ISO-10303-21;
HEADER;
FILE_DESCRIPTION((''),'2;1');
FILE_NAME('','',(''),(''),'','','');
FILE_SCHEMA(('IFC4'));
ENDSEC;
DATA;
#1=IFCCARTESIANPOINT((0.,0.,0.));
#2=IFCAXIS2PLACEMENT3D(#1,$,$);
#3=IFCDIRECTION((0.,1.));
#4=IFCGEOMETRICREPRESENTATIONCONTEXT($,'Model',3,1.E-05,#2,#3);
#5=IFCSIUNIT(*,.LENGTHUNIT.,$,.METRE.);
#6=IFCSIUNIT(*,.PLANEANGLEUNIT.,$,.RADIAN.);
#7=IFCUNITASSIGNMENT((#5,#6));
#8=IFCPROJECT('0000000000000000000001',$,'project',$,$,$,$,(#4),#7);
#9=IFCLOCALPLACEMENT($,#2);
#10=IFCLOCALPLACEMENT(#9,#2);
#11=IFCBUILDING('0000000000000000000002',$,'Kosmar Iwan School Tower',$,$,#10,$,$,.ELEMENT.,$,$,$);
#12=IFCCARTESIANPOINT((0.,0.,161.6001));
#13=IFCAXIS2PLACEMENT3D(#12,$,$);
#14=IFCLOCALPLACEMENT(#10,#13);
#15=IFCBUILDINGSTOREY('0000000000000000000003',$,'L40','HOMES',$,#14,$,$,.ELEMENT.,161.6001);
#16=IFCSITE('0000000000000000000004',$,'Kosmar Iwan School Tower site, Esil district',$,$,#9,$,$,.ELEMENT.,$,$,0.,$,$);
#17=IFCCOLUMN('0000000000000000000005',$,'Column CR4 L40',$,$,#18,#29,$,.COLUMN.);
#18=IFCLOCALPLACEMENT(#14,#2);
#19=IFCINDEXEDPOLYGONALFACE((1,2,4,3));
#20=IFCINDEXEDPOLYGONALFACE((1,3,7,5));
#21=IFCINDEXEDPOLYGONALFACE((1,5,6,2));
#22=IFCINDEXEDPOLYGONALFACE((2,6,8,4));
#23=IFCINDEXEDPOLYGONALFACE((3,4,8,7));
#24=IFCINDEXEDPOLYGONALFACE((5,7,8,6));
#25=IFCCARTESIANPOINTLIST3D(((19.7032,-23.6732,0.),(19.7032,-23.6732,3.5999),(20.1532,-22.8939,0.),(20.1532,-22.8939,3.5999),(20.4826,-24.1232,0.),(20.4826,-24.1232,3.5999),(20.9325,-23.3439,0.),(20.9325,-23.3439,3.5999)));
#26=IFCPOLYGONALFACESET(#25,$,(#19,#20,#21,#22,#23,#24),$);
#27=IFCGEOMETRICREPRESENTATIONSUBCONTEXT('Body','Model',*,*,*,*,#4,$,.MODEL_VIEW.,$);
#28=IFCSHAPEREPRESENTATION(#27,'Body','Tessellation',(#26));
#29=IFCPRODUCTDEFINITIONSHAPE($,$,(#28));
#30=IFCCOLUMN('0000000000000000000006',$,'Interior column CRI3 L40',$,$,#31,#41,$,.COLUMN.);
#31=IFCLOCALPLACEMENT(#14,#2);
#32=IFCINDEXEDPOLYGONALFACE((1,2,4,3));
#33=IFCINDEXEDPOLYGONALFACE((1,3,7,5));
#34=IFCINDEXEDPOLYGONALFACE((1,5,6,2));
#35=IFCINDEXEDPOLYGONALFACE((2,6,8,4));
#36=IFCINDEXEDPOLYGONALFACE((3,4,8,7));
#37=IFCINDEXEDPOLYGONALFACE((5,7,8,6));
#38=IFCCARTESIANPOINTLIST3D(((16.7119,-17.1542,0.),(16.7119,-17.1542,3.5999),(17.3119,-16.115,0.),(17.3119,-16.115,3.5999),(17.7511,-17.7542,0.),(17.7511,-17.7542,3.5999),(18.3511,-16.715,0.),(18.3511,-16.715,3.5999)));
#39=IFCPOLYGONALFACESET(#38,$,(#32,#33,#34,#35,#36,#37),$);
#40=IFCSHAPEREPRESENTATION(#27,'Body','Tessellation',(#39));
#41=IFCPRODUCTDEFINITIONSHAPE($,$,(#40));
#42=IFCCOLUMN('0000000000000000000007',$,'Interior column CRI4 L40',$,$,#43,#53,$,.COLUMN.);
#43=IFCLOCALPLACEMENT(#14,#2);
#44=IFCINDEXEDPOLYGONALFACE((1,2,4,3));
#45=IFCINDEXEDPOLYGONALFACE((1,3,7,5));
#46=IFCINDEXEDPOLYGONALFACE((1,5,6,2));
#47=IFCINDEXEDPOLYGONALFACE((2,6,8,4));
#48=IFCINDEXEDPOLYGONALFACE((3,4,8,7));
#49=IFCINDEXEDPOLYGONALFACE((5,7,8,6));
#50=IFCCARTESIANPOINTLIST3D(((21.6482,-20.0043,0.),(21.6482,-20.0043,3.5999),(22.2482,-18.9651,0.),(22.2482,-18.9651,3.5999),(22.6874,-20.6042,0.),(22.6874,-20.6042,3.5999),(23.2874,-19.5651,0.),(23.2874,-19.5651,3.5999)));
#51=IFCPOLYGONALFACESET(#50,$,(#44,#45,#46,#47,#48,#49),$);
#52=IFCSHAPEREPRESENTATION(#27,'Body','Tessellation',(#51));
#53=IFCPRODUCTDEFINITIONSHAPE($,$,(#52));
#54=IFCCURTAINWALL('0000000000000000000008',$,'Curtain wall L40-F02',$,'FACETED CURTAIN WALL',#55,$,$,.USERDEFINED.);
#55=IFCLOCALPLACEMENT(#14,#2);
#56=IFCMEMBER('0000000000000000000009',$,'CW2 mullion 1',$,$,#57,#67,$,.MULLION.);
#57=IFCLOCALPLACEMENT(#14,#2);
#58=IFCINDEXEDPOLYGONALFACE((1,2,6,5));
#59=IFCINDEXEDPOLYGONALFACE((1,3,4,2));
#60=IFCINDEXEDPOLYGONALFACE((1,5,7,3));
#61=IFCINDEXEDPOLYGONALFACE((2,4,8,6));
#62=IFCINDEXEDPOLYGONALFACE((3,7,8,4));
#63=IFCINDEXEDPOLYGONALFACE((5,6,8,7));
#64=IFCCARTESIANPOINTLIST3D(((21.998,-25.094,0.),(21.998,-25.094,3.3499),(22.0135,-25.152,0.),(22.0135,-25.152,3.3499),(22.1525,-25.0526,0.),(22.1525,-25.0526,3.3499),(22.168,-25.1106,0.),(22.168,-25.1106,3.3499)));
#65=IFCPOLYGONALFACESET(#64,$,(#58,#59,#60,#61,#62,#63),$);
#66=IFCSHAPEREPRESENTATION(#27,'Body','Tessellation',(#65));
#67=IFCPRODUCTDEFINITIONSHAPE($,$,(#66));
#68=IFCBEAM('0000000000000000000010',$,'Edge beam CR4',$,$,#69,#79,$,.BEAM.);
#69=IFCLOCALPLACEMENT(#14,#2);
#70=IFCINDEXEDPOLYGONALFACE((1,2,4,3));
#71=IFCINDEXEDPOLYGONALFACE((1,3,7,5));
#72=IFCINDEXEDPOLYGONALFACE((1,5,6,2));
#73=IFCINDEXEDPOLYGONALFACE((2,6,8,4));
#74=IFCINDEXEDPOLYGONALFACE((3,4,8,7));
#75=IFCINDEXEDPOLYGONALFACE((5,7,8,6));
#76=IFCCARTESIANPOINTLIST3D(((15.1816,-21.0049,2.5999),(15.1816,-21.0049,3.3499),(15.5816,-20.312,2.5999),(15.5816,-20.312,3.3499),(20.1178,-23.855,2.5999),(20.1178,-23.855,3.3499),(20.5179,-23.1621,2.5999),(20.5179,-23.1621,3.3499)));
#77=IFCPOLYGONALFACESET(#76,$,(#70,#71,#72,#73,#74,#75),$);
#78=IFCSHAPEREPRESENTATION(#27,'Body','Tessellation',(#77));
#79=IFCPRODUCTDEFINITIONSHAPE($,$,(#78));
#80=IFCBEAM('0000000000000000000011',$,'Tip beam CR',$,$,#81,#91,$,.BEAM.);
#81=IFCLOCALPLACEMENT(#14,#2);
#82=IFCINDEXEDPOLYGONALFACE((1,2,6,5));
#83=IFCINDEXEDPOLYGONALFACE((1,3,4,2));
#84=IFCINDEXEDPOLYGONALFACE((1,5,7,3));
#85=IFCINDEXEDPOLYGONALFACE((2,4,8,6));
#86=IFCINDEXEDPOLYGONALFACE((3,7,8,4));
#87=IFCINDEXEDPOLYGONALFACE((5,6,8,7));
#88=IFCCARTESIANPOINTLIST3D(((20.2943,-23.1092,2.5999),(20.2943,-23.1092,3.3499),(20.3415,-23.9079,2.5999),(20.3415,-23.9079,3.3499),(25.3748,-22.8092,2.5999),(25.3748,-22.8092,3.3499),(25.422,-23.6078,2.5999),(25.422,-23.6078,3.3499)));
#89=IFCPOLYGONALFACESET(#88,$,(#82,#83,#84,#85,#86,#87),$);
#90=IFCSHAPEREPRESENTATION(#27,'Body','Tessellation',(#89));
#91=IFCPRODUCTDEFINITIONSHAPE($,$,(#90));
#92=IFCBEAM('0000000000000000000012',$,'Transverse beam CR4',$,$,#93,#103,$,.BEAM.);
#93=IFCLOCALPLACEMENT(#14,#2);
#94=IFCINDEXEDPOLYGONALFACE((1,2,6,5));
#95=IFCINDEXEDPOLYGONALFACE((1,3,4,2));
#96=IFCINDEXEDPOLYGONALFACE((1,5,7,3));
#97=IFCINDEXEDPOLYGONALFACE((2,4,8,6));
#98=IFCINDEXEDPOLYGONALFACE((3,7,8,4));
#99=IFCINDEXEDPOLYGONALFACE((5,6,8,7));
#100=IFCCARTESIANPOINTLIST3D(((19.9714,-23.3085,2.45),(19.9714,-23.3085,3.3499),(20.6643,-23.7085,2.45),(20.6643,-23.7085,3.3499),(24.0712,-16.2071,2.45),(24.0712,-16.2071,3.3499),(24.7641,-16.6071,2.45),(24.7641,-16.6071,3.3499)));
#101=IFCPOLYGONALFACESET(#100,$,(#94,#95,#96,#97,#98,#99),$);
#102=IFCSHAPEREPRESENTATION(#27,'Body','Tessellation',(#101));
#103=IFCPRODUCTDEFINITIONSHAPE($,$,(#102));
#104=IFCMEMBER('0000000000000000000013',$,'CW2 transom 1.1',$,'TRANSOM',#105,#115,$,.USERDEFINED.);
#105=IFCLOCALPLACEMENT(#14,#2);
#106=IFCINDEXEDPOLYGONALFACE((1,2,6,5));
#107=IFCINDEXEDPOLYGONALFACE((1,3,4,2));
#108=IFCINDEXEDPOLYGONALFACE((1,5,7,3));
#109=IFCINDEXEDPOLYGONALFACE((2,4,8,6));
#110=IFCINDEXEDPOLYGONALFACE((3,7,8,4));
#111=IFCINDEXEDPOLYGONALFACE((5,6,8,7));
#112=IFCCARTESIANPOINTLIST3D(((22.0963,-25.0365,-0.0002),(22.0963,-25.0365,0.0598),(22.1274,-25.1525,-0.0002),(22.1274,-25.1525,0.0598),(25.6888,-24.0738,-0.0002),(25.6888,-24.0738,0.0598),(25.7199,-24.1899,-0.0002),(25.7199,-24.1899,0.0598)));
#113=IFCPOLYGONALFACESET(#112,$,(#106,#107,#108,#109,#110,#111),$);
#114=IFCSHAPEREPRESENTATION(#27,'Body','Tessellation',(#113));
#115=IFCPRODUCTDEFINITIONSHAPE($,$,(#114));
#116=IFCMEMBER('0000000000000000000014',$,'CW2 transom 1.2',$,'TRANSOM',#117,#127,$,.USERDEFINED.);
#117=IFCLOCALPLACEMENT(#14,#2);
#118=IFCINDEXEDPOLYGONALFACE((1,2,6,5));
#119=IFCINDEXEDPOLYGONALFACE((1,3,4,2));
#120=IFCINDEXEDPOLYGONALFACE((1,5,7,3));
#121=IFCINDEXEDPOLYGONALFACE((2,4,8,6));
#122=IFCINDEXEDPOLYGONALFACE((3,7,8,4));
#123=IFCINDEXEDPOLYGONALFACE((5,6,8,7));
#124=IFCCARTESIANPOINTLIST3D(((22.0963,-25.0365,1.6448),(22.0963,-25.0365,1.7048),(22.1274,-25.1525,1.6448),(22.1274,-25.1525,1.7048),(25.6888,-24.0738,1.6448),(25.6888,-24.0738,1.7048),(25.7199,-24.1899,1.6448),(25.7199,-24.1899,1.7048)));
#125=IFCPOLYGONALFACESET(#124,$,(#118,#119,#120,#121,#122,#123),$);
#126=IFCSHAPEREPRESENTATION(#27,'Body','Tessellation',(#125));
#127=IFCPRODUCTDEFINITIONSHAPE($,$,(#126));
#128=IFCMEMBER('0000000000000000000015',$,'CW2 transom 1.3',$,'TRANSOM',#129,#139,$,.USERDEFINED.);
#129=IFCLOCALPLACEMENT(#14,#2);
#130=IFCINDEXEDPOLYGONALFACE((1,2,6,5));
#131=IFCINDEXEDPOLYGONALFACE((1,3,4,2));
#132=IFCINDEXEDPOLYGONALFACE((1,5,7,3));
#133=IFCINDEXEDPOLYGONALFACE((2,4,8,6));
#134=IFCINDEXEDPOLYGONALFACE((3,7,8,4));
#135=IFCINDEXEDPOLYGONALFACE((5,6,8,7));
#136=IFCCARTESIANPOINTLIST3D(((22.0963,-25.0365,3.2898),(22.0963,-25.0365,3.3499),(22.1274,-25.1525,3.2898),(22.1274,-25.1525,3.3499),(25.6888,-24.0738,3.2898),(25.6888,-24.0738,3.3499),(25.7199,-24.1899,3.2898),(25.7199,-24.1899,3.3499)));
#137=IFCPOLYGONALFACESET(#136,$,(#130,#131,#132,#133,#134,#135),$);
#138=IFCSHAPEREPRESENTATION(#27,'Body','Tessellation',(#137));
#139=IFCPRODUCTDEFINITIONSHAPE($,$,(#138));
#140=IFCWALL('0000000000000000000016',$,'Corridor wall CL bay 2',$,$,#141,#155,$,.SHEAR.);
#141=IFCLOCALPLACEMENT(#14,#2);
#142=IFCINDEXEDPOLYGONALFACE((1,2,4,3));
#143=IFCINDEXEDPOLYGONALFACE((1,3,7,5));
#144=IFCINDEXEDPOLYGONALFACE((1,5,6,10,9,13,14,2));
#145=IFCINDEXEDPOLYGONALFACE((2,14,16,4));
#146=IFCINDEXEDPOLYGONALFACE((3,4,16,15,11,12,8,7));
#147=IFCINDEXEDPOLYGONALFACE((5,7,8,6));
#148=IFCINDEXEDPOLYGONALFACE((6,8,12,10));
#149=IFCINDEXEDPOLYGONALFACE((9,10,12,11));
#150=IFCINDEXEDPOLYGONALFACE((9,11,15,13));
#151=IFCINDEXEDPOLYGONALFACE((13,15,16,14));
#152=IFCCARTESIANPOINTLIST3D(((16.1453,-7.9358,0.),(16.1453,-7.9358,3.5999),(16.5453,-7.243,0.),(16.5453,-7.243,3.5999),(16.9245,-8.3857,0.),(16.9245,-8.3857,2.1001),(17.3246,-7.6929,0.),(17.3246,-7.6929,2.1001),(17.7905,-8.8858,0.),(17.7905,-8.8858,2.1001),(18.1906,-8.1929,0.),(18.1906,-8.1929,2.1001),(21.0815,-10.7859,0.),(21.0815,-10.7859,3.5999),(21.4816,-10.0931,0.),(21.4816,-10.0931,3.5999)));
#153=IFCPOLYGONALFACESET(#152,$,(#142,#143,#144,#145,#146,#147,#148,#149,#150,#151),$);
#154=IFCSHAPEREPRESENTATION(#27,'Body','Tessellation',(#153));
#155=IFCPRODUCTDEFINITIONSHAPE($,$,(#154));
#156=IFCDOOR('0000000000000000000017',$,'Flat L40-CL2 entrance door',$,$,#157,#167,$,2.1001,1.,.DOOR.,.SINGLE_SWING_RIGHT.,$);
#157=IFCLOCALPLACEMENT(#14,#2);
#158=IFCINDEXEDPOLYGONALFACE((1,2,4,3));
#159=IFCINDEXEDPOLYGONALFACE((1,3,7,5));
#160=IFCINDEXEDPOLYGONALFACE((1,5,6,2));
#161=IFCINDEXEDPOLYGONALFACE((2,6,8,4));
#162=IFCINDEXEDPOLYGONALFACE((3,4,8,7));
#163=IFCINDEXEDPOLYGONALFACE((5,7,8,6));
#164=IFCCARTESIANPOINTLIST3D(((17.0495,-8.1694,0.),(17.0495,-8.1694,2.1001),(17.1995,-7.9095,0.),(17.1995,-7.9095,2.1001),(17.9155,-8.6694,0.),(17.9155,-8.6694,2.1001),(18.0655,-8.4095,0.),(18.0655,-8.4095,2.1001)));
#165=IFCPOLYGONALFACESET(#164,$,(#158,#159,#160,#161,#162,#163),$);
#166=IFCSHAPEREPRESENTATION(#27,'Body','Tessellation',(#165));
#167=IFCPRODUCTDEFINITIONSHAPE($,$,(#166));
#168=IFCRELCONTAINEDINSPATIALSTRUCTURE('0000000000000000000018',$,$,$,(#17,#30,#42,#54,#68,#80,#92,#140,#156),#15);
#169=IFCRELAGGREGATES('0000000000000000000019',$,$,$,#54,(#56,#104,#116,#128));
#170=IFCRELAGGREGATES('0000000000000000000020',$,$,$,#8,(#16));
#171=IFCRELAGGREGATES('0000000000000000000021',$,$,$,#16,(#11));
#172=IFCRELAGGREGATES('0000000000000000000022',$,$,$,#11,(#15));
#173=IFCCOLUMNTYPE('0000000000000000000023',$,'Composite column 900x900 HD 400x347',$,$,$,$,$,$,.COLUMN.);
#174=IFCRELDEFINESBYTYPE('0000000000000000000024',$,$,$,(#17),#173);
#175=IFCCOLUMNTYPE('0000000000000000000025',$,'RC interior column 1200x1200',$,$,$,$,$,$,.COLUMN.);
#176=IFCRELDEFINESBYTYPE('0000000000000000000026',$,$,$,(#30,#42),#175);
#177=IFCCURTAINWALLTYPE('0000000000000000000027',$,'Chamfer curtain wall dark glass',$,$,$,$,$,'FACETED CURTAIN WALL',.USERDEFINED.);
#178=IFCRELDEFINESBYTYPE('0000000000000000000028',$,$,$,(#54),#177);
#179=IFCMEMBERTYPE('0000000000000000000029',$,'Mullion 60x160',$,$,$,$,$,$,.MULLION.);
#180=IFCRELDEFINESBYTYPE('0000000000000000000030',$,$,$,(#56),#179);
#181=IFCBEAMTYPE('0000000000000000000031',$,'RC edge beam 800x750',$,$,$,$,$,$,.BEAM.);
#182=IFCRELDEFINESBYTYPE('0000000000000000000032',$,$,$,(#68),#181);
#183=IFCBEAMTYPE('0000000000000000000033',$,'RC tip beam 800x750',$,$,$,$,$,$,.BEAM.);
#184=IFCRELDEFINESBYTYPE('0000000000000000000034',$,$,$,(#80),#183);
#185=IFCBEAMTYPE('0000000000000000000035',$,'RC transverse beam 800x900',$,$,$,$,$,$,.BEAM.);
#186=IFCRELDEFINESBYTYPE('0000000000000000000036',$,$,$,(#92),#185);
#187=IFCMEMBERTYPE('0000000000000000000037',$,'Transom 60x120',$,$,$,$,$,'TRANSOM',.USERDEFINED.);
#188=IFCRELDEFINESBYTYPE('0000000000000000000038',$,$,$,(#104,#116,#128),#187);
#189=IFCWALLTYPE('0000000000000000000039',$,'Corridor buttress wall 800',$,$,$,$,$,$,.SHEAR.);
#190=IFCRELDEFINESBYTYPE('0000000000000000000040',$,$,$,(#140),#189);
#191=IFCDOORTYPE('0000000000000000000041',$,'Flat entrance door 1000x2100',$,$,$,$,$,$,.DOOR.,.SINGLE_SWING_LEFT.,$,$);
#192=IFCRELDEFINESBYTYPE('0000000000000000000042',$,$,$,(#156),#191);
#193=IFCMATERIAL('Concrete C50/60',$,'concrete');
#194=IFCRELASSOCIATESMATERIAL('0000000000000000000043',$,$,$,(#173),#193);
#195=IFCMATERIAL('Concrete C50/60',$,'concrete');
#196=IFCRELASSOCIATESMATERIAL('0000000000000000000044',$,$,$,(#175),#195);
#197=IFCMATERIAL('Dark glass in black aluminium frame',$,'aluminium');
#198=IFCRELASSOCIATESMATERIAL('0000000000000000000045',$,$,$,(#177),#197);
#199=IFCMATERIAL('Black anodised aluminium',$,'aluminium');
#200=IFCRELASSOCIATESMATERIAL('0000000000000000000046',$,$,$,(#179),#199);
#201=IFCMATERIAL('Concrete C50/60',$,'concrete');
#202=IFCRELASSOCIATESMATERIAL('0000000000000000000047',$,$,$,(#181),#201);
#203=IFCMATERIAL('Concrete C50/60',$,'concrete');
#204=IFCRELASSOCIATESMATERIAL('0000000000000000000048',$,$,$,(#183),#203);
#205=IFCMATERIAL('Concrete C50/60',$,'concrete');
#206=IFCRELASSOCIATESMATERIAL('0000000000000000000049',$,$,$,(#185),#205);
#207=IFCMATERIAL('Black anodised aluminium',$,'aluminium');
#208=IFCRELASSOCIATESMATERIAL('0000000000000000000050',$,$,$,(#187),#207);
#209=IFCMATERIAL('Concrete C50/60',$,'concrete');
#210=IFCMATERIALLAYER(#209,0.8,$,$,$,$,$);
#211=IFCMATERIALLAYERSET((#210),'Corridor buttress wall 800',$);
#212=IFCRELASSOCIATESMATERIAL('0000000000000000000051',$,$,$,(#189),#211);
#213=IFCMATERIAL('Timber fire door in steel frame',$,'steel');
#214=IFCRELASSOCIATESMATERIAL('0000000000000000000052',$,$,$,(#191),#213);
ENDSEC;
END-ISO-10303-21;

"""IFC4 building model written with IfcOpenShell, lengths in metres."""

from ifc_helpers import new_model, si_unit, direction, frame, frame_2d, origin, origin_2d, place, context, subcontext, project, spatial, rectangle, extrude, material, layer, layer_set, material_profile, profile_set, type_object, element, fill, aggregate, save


model = new_model("IFC4")

# Units and contexts
model_context = context("Model", 3, precision=1e-05, world=origin(), true_north=direction((0.0, 1.0)))
body_context = subcontext(model_context, "Body", "Model", "MODEL_VIEW")
ifc_project = project(units=[si_unit("LENGTHUNIT", "METRE"), si_unit("PLANEANGLEUNIT", "RADIAN")], contexts=[model_context])

# Site, building, storey
site_placement = place(None, origin())
site = spatial("IfcSite", under=ifc_project, at=site_placement, Name="Kosmar Iwan School Tower site, Esil district", CompositionType="ELEMENT", RefElevation=0.0)
building_placement = place(site_placement, origin())
building = spatial("IfcBuilding", under=site, at=building_placement, Name="Kosmar Iwan School Tower", CompositionType="ELEMENT")
storey_placement = place(building_placement, frame((0.0, 0.0, 161.6001)))
storey = spatial("IfcBuildingStorey", under=building, at=storey_placement, Name="L40", Description="HOMES", CompositionType="ELEMENT", Elevation=161.6001)

# Columns
ifc_material_1 = material(Name="Concrete C50/60", Category="concrete")
ifc_material_profile_1 = material_profile(ifc_material_1, rectangle(XDim=0.8999, YDim=0.8999, at=origin_2d()), Name="RC 900x900 + HD 400x347")
ifc_profile_set_1 = profile_set([ifc_material_profile_1], Name="Concrete C50/60")
column_type_1 = type_object("IfcColumnType", Name="Composite column 900x900 HD 400x347", PredefinedType="COLUMN", material=ifc_profile_set_1)
column_placement = place(storey_placement, frame((20.3179, -23.5085, 0.0), z_axis=(0.0, 0.0, 1.0), x_axis=(0.866025, -0.5, 0.0)))
element("IfcColumn", 1, at=column_placement, inside=storey, type_object=column_type_1, Name="Column CR4 L40", PredefinedType="COLUMN", context=body_context, shape_type="SweptSolid", body=[
    extrude(rectangle(XDim=0.8999, YDim=0.8999, at=origin_2d()), origin(), (0.0, 0.0, 1.0), 3.5999),
])
ifc_material_2 = material(Name="Concrete C50/60", Category="concrete")
ifc_material_profile_2 = material_profile(ifc_material_2, rectangle(XDim=1.2, YDim=1.2, at=origin_2d()), Name="RC 1200x1200")
ifc_profile_set_2 = profile_set([ifc_material_profile_2], Name="Concrete C50/60")
column_type_2 = type_object("IfcColumnType", Name="RC interior column 1200x1200", PredefinedType="COLUMN", material=ifc_profile_set_2)
for number, where, z_axis, x_axis, name in (
    (2, (17.5315, -16.9346, 0.0), (0.0, 0.0, 1.0), (0.866025, -0.5, 0.0), "Interior column CRI3 L40"),
    (3, (22.4678, -19.7847, 0.0), (0.0, 0.0, 1.0), (0.866025, -0.5, 0.0), "Interior column CRI4 L40"),
):
    element("IfcColumn", number, at=place(storey_placement, frame(where, z_axis=z_axis, x_axis=x_axis)), inside=storey, type_object=column_type_2, Name=name, PredefinedType="COLUMN", context=body_context, shape_type="SweptSolid", body=[
        extrude(rectangle(XDim=1.2, YDim=1.2, at=origin_2d()), origin(), (0.0, 0.0, 1.0), 3.5999),
    ])

# Curtain wall, member
ifc_material_3 = material(Name="Dark glass in black aluminium frame", Category="aluminium")
curtain_wall_type = type_object("IfcCurtainWallType", Name="Chamfer curtain wall dark glass", ElementType="FACETED CURTAIN WALL", PredefinedType="USERDEFINED", material=ifc_material_3)
curtain_wall_placement = place(storey_placement, origin())
curtain_wall = element("IfcCurtainWall", 4, at=curtain_wall_placement, inside=storey, type_object=curtain_wall_type, Name="Curtain wall L40-F02", ObjectType="FACETED CURTAIN WALL", PredefinedType="USERDEFINED")
ifc_material_4 = material(Name="Black anodised aluminium", Category="aluminium")
ifc_material_profile_3 = material_profile(ifc_material_4, rectangle(XDim=0.0601, YDim=0.1599, at=origin_2d()), Name="MULLION 60x160")
ifc_profile_set_3 = profile_set([ifc_material_profile_3], Name="Black anodised aluminium")
member_type_1 = type_object("IfcMemberType", Name="Mullion 60x160", PredefinedType="MULLION", material=ifc_profile_set_3)
member_1_placement = place(storey_placement, frame((22.083, -25.1023, 0.0), z_axis=(0.0, 0.0, 1.0), x_axis=(-0.258819, 0.965926, 0.0)))
member_1 = element("IfcMember", 5, at=member_1_placement, type_object=member_type_1, Name="CW2 mullion 1", PredefinedType="MULLION", context=body_context, shape_type="SweptSolid", body=[
    extrude(rectangle(XDim=0.0601, YDim=0.1599, at=origin_2d()), origin(), (0.0, 0.0, 1.0), 3.3499),
])

# Beams
ifc_material_5 = material(Name="Concrete C50/60", Category="concrete")
ifc_material_profile_4 = material_profile(ifc_material_5, rectangle(XDim=0.8, YDim=0.75, at=origin_2d()), Name="RC 800x750")
ifc_profile_set_4 = profile_set([ifc_material_profile_4], Name="Concrete C50/60")
beam_type_1 = type_object("IfcBeamType", Name="RC edge beam 800x750", PredefinedType="BEAM", material=ifc_profile_set_4)
beam_1_placement = place(storey_placement, frame((15.3816, -20.6584, 2.9749), z_axis=(0.866015, -0.500018, 0.0), x_axis=(0.500018, 0.866015, 0.0)))
element("IfcBeam", 6, at=beam_1_placement, inside=storey, type_object=beam_type_1, Name="Edge beam CR4", PredefinedType="BEAM", context=body_context, shape_type="SweptSolid", body=[
    extrude(rectangle(XDim=0.8, YDim=0.75, at=origin_2d()), origin(), (0.0, 0.0, 1.0), 5.7),
])
ifc_material_6 = material(Name="Concrete C50/60", Category="concrete")
ifc_material_profile_5 = material_profile(ifc_material_6, rectangle(XDim=0.8, YDim=0.75, at=origin_2d()), Name="RC 800x750")
ifc_profile_set_5 = profile_set([ifc_material_profile_5], Name="Concrete C50/60")
beam_type_2 = type_object("IfcBeamType", Name="RC tip beam 800x750", PredefinedType="BEAM", material=ifc_profile_set_5)
beam_2_placement = place(storey_placement, frame((20.3179, -23.5085, 2.9749), z_axis=(0.998261, 0.058955, 0.0), x_axis=(-0.058955, 0.998261, 0.0)))
element("IfcBeam", 7, at=beam_2_placement, inside=storey, type_object=beam_type_2, Name="Tip beam CR", PredefinedType="BEAM", context=body_context, shape_type="SweptSolid", body=[
    extrude(rectangle(XDim=0.8, YDim=0.75, at=origin_2d()), origin(), (0.0, 0.0, 1.0), 5.0894),
])
ifc_material_7 = material(Name="Concrete C50/60", Category="concrete")
ifc_material_profile_6 = material_profile(ifc_material_7, rectangle(XDim=0.8, YDim=0.8999, at=origin_2d()), Name="RC 800x900")
ifc_profile_set_6 = profile_set([ifc_material_profile_6], Name="Concrete C50/60")
beam_type_3 = type_object("IfcBeamType", Name="RC transverse beam 800x900", PredefinedType="BEAM", material=ifc_profile_set_6)
beam_3_placement = place(storey_placement, frame((20.3179, -23.5085, 2.8999), z_axis=(0.499978, 0.866038, 0.0), x_axis=(-0.866038, 0.499978, 0.0)))
element("IfcBeam", 8, at=beam_3_placement, inside=storey, type_object=beam_type_3, Name="Transverse beam CR4", PredefinedType="BEAM", context=body_context, shape_type="SweptSolid", body=[
    extrude(rectangle(XDim=0.8, YDim=0.8999, at=origin_2d()), origin(), (0.0, 0.0, 1.0), 8.2),
])

# Members
ifc_material_8 = material(Name="Black anodised aluminium", Category="aluminium")
ifc_material_profile_7 = material_profile(ifc_material_8, rectangle(XDim=0.1201, YDim=0.0601, at=origin_2d()), Name="TRANSOM 60x120")
ifc_profile_set_7 = profile_set([ifc_material_profile_7], Name="Black anodised aluminium")
member_type_2 = type_object("IfcMemberType", Name="Transom 60x120", ElementType="TRANSOM", PredefinedType="USERDEFINED", material=ifc_profile_set_7)
member_2_placement = place(storey_placement, frame((22.1118, -25.0945, 0.0298), z_axis=(0.965924, 0.258827, 0.0), x_axis=(-0.258827, 0.965924, 0.0)))
member_2 = element("IfcMember", 9, at=member_2_placement, type_object=member_type_2, Name="CW2 transom 1.1", ObjectType="TRANSOM", PredefinedType="USERDEFINED", context=body_context, shape_type="SweptSolid", body=[
    extrude(rectangle(XDim=0.1201, YDim=0.0601, at=origin_2d()), origin(), (0.0, 0.0, 1.0), 3.7192),
])
member_3_placement = place(storey_placement, frame((22.1118, -25.0945, 1.6748), z_axis=(0.965924, 0.258827, 0.0), x_axis=(-0.258827, 0.965924, 0.0)))
member_3 = element("IfcMember", 10, at=member_3_placement, type_object=member_type_2, Name="CW2 transom 1.2", ObjectType="TRANSOM", PredefinedType="USERDEFINED", context=body_context, shape_type="SweptSolid", body=[
    extrude(rectangle(XDim=0.1201, YDim=0.0601, at=origin_2d()), origin(), (0.0, 0.0, 1.0), 3.7192),
])
member_4_placement = place(storey_placement, frame((22.1118, -25.0945, 3.3198), z_axis=(0.965924, 0.258827, 0.0), x_axis=(-0.258827, 0.965924, 0.0)))
member_4 = element("IfcMember", 11, at=member_4_placement, type_object=member_type_2, Name="CW2 transom 1.3", ObjectType="TRANSOM", PredefinedType="USERDEFINED", context=body_context, shape_type="SweptSolid", body=[
    extrude(rectangle(XDim=0.1201, YDim=0.0601, at=origin_2d()), origin(), (0.0, 0.0, 1.0), 3.7192),
])
aggregate(curtain_wall, [member_1, member_2, member_3, member_4])

# Wall, opening, door
ifc_material_9 = material(Name="Concrete C50/60", Category="concrete")
ifc_layer_1 = layer(ifc_material_9, 0.8)
ifc_layer_set_1 = layer_set([ifc_layer_1], Name="Corridor buttress wall 800")
wall_type_1 = type_object("IfcWallType", Name="Corridor buttress wall 800", PredefinedType="SHEAR", material=ifc_layer_set_1)
wall_1_placement = place(storey_placement, frame((16.3452, -7.5894, 0.0), z_axis=(0.0, 0.0, 1.0), x_axis=(0.866015, -0.500018, 0.0)))
wall_1 = element("IfcWall", 12, at=wall_1_placement, inside=storey, type_object=wall_type_1, Name="Corridor wall CL bay 2", PredefinedType="SHEAR", context=body_context, shape_type="SweptSolid", body=[
    extrude(rectangle(XDim=5.7, YDim=0.8, at=frame_2d((2.8501, 0.0))), origin(), (0.0, 0.0, 1.0), 3.5999),
])
opening_1_placement = place(wall_1_placement, frame((0.8999, 0.0, 0.0)))
opening_1 = element("IfcOpeningElement", 13, at=opening_1_placement, cuts=wall_1, PredefinedType="OPENING", context=body_context, shape_type="SweptSolid", body=[
    extrude(rectangle(XDim=1.0, YDim=2.1001, at=frame_2d((0.5, 1.05))), frame((0.0, 0.4121, 0.0), z_axis=(0.0, -1.0, 0.0), x_axis=(1.0, 0.0, 0.0)), (0.0, 0.0, 1.0), 0.824),
])
ifc_material_10 = material(Name="Timber fire door in steel frame", Category="steel")
door_type_1 = type_object("IfcDoorType", Name="Flat entrance door 1000x2100", OperationType="SINGLE_SWING_LEFT", PredefinedType="DOOR", material=ifc_material_10)
door_1_placement = place(opening_1_placement, origin())
door_1 = element("IfcDoor", 14, at=door_1_placement, inside=storey, type_object=door_type_1, Name="Flat L40-CL2 entrance door", OperationType="SINGLE_SWING_RIGHT", OverallHeight=2.1001, OverallWidth=1.0, PredefinedType="DOOR", context=body_context, shape_type="SweptSolid", body=[
    extrude(rectangle(XDim=1.0, YDim=2.1001, at=frame_2d((0.5, 1.05))), frame((0.0, 0.1499, 0.0), z_axis=(0.0, -1.0, 0.0), x_axis=(1.0, 0.0, 0.0)), (0.0, 0.0, 1.0), 0.3),
])
fill(opening_1, door_1)

save(model, "model.ifc")
